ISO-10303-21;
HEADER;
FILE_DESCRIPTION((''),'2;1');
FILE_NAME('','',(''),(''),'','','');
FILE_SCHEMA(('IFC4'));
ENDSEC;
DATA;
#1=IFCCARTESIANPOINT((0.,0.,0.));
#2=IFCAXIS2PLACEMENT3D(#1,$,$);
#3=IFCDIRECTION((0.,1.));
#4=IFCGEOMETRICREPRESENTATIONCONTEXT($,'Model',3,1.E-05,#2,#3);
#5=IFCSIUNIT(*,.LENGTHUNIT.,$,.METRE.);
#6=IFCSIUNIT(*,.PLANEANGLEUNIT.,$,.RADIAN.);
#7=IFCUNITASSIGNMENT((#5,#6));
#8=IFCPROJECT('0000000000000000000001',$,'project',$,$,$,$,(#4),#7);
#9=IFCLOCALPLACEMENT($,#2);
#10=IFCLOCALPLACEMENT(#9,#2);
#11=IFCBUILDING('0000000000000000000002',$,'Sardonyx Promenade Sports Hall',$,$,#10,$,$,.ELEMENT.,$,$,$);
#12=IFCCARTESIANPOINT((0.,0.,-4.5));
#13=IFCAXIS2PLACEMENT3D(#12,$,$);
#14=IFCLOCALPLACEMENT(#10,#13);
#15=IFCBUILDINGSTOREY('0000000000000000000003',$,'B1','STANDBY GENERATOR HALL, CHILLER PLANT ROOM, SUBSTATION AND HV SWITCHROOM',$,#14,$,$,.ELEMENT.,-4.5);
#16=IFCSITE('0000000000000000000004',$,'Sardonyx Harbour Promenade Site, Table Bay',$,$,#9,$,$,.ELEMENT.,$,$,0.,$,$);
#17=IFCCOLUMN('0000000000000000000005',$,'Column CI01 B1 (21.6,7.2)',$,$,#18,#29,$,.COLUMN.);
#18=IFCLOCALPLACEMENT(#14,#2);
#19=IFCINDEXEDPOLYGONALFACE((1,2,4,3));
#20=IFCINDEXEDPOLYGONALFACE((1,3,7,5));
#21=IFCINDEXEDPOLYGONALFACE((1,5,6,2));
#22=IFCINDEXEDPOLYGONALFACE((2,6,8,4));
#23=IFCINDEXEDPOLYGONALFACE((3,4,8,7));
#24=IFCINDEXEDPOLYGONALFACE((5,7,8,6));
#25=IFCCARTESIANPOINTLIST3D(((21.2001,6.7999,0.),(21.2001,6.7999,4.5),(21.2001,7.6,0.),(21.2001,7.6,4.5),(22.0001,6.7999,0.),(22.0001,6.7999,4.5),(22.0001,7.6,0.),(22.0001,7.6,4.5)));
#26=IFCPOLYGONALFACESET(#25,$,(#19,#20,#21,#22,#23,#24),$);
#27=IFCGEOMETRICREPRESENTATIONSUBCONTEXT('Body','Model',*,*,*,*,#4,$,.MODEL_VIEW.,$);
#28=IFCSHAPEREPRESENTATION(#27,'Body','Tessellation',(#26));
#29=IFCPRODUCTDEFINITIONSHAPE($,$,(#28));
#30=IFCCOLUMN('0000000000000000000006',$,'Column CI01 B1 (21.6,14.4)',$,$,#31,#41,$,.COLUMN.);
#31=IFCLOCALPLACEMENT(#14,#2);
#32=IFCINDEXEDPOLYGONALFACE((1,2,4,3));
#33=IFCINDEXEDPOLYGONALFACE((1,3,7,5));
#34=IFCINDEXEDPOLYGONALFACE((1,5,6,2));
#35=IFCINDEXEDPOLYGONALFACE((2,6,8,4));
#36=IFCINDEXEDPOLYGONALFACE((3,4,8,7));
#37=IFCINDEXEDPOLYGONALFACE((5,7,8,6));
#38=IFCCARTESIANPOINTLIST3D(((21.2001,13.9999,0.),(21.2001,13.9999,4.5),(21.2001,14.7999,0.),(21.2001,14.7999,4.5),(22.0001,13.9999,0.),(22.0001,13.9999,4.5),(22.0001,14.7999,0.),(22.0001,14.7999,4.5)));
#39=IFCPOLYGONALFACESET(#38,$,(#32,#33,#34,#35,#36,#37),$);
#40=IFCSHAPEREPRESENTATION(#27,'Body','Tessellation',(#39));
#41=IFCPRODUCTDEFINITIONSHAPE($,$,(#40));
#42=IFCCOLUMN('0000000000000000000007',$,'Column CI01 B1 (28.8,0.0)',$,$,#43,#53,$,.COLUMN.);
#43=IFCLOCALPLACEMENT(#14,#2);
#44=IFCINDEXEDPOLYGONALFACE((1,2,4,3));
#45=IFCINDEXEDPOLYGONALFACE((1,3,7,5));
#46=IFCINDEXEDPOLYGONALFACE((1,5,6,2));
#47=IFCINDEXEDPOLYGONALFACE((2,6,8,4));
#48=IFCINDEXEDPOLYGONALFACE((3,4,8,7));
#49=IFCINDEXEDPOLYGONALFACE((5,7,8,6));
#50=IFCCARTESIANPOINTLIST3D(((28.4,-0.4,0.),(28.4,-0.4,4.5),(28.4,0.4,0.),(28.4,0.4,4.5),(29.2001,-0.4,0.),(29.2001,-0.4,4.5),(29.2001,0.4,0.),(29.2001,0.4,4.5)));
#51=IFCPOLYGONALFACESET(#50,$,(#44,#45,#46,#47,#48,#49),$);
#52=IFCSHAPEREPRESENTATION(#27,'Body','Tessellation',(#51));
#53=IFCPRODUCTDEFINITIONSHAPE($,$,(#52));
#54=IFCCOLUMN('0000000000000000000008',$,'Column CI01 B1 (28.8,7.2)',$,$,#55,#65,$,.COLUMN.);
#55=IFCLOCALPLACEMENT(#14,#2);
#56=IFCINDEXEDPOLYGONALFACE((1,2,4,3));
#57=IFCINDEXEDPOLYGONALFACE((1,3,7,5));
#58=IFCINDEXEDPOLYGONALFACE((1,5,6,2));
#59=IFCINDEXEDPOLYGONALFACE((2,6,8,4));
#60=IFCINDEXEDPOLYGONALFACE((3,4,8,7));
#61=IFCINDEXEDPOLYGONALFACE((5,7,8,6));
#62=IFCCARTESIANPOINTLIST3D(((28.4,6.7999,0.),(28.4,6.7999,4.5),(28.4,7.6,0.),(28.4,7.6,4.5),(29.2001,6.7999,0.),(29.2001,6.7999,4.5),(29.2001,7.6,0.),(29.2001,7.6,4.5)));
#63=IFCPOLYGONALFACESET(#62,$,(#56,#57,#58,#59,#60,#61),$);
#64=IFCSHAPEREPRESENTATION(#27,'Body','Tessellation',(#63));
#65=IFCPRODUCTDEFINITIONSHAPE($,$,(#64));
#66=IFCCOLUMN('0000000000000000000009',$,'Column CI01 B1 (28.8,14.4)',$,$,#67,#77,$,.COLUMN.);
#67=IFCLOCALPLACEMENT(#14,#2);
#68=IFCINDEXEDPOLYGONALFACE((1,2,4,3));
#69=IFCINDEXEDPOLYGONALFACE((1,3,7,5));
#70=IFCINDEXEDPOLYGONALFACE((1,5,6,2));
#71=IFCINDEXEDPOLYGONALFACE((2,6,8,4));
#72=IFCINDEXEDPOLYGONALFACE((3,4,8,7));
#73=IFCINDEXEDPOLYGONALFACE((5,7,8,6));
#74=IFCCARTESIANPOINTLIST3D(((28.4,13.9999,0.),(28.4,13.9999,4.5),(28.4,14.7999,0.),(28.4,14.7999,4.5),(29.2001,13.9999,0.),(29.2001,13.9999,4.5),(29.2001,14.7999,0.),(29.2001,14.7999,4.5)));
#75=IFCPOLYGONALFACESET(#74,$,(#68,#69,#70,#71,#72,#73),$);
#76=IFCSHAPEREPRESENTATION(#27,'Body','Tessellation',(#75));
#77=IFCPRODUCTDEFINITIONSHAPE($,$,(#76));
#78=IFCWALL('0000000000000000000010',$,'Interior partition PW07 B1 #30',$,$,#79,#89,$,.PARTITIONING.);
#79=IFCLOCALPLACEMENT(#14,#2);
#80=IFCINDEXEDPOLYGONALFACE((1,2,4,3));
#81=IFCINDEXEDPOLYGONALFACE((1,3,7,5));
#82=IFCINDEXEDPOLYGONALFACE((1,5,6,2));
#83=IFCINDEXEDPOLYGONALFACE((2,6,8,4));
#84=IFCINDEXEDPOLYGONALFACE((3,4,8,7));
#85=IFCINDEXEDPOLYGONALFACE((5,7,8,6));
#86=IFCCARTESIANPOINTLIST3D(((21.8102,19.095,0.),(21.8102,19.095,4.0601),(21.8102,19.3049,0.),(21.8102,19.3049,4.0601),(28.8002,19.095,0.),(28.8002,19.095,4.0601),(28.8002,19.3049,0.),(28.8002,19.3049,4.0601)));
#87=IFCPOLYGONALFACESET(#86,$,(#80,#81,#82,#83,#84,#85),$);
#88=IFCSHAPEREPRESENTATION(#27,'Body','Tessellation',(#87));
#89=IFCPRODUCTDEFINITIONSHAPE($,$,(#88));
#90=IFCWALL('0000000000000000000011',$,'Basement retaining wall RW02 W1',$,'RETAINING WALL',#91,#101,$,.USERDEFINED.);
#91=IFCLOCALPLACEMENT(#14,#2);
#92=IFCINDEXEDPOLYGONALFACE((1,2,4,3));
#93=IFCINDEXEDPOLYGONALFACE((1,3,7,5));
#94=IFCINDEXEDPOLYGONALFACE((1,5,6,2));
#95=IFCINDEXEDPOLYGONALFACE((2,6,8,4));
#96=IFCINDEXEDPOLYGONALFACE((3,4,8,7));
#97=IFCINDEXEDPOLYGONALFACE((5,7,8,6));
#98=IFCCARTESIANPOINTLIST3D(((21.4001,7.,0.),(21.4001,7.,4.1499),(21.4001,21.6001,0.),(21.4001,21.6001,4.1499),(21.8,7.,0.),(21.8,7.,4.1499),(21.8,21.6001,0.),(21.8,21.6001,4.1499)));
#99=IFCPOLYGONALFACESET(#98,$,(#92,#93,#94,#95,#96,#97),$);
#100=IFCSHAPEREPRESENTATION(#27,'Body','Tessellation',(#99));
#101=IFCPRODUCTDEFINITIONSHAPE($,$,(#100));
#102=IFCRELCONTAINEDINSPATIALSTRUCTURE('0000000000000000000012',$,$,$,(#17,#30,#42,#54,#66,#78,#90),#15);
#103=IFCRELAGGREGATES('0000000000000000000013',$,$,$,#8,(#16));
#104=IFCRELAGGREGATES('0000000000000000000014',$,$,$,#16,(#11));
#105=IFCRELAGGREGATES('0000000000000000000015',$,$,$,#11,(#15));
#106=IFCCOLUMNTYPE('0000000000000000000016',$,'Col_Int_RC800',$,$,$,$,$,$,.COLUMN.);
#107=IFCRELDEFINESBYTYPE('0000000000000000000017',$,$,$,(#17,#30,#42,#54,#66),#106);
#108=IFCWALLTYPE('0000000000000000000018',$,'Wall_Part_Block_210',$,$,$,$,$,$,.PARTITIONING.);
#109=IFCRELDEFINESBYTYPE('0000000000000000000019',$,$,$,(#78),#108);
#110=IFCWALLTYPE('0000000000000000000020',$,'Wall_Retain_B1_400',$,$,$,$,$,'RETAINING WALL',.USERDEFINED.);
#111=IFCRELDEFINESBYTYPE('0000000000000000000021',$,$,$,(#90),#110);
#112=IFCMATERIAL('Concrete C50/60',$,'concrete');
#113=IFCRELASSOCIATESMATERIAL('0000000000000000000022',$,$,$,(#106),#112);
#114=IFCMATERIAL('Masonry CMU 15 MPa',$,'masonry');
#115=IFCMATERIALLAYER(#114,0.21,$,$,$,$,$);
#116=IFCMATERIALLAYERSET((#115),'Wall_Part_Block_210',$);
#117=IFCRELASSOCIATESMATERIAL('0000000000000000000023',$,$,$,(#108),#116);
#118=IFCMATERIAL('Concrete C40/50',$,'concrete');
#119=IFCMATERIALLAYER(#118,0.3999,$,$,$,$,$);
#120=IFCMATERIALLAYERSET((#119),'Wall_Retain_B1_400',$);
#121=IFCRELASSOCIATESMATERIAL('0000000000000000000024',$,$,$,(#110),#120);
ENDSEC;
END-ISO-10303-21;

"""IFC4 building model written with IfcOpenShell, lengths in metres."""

from ifc_helpers import new_model, si_unit, direction, frame, frame_2d, origin, origin_2d, place, context, subcontext, project, spatial, rectangle, extrude, material, layer, layer_set, material_profile, profile_set, type_object, element, save


model = new_model("IFC4")

# Units and contexts
model_context = context("Model", 3, precision=1e-05, world=origin(), true_north=direction((0.0, 1.0)))
body_context = subcontext(model_context, "Body", "Model", "MODEL_VIEW")
ifc_project = project(units=[si_unit("LENGTHUNIT", "METRE"), si_unit("PLANEANGLEUNIT", "RADIAN")], contexts=[model_context])

# Site, building, storey
site_placement = place(None, origin())
site = spatial("IfcSite", under=ifc_project, at=site_placement, Name="Sardonyx Harbour Promenade Site, Table Bay", CompositionType="ELEMENT", RefElevation=0.0)
building_placement = place(site_placement, origin())
building = spatial("IfcBuilding", under=site, at=building_placement, Name="Sardonyx Promenade Sports Hall", CompositionType="ELEMENT")
storey_placement = place(building_placement, frame((0.0, 0.0, -4.5)))
storey = spatial("IfcBuildingStorey", under=building, at=storey_placement, Name="B1", Description="STANDBY GENERATOR HALL, CHILLER PLANT ROOM, SUBSTATION AND HV SWITCHROOM", CompositionType="ELEMENT", Elevation=-4.5)

# Columns
ifc_material_1 = material(Name="Concrete C50/60", Category="concrete")
ifc_material_profile_1 = material_profile(ifc_material_1, rectangle(XDim=0.8, YDim=0.8, at=origin_2d()))
ifc_profile_set_1 = profile_set([ifc_material_profile_1], Name="Concrete C50/60")
column_type_1 = type_object("IfcColumnType", Name="Col_Int_RC800", PredefinedType="COLUMN", material=ifc_profile_set_1)
for number, where, z_axis, x_axis, name in (
    (1, (21.6001, 7.2, 0.0), (0.0, 0.0, 1.0), (1.0, 0.0, 0.0), "Column CI01 B1 (21.6,7.2)"),
    (2, (21.6001, 14.3999, 0.0), (0.0, 0.0, 1.0), (1.0, 0.0, 0.0), "Column CI01 B1 (21.6,14.4)"),
    (3, (28.8, 0.0, 0.0), (0.0, 0.0, 1.0), (1.0, 0.0, 0.0), "Column CI01 B1 (28.8,0.0)"),
    (4, (28.8, 7.2, 0.0), (0.0, 0.0, 1.0), (1.0, 0.0, 0.0), "Column CI01 B1 (28.8,7.2)"),
    (5, (28.8, 14.3999, 0.0), (0.0, 0.0, 1.0), (1.0, 0.0, 0.0), "Column CI01 B1 (28.8,14.4)"),
):
    element("IfcColumn", number, at=place(storey_placement, frame(where, z_axis=z_axis, x_axis=x_axis)), inside=storey, type_object=column_type_1, Name=name, PredefinedType="COLUMN", context=body_context, shape_type="SweptSolid", body=[
        extrude(rectangle(XDim=0.8, YDim=0.8, at=origin_2d()), origin(), (0.0, 0.0, 1.0), 4.5),
    ])

# Walls
ifc_material_2 = material(Name="Masonry CMU 15 MPa", Category="masonry")
ifc_layer_1 = layer(ifc_material_2, 0.21)
ifc_layer_set_1 = layer_set([ifc_layer_1], Name="Wall_Part_Block_210")
wall_type_1 = type_object("IfcWallType", Name="Wall_Part_Block_210", PredefinedType="PARTITIONING", material=ifc_layer_set_1)
wall_1_placement = place(storey_placement, frame((21.8101, 19.2, 0.0), z_axis=(0.0, 0.0, 1.0), x_axis=(1.0, 0.0, 0.0)))
element("IfcWall", 6, at=wall_1_placement, inside=storey, type_object=wall_type_1, Name="Interior partition PW07 B1 #30", PredefinedType="PARTITIONING", context=body_context, shape_type="SweptSolid", body=[
    extrude(rectangle(XDim=6.99, YDim=0.21, at=frame_2d((3.4951, 0.0))), origin(), (0.0, 0.0, 1.0), 4.0601),
])
ifc_material_3 = material(Name="Concrete C40/50", Category="concrete")
ifc_layer_2 = layer(ifc_material_3, 0.3999)
ifc_layer_set_2 = layer_set([ifc_layer_2], Name="Wall_Retain_B1_400")
wall_type_2 = type_object("IfcWallType", Name="Wall_Retain_B1_400", ElementType="RETAINING WALL", PredefinedType="USERDEFINED", material=ifc_layer_set_2)
wall_2_placement = place(storey_placement, frame((21.6001, 7.0, 0.0), z_axis=(0.0, 0.0, 1.0), x_axis=(0.0, 1.0, 0.0)))
element("IfcWall", 7, at=wall_2_placement, inside=storey, type_object=wall_type_2, Name="Basement retaining wall RW02 W1", ObjectType="RETAINING WALL", PredefinedType="USERDEFINED", context=body_context, shape_type="SweptSolid", body=[
    extrude(rectangle(XDim=14.6001, YDim=0.3999, at=frame_2d((7.3, 0.0))), origin(), (0.0, 0.0, 1.0), 4.1499),
])

save(model, "model.ifc")
